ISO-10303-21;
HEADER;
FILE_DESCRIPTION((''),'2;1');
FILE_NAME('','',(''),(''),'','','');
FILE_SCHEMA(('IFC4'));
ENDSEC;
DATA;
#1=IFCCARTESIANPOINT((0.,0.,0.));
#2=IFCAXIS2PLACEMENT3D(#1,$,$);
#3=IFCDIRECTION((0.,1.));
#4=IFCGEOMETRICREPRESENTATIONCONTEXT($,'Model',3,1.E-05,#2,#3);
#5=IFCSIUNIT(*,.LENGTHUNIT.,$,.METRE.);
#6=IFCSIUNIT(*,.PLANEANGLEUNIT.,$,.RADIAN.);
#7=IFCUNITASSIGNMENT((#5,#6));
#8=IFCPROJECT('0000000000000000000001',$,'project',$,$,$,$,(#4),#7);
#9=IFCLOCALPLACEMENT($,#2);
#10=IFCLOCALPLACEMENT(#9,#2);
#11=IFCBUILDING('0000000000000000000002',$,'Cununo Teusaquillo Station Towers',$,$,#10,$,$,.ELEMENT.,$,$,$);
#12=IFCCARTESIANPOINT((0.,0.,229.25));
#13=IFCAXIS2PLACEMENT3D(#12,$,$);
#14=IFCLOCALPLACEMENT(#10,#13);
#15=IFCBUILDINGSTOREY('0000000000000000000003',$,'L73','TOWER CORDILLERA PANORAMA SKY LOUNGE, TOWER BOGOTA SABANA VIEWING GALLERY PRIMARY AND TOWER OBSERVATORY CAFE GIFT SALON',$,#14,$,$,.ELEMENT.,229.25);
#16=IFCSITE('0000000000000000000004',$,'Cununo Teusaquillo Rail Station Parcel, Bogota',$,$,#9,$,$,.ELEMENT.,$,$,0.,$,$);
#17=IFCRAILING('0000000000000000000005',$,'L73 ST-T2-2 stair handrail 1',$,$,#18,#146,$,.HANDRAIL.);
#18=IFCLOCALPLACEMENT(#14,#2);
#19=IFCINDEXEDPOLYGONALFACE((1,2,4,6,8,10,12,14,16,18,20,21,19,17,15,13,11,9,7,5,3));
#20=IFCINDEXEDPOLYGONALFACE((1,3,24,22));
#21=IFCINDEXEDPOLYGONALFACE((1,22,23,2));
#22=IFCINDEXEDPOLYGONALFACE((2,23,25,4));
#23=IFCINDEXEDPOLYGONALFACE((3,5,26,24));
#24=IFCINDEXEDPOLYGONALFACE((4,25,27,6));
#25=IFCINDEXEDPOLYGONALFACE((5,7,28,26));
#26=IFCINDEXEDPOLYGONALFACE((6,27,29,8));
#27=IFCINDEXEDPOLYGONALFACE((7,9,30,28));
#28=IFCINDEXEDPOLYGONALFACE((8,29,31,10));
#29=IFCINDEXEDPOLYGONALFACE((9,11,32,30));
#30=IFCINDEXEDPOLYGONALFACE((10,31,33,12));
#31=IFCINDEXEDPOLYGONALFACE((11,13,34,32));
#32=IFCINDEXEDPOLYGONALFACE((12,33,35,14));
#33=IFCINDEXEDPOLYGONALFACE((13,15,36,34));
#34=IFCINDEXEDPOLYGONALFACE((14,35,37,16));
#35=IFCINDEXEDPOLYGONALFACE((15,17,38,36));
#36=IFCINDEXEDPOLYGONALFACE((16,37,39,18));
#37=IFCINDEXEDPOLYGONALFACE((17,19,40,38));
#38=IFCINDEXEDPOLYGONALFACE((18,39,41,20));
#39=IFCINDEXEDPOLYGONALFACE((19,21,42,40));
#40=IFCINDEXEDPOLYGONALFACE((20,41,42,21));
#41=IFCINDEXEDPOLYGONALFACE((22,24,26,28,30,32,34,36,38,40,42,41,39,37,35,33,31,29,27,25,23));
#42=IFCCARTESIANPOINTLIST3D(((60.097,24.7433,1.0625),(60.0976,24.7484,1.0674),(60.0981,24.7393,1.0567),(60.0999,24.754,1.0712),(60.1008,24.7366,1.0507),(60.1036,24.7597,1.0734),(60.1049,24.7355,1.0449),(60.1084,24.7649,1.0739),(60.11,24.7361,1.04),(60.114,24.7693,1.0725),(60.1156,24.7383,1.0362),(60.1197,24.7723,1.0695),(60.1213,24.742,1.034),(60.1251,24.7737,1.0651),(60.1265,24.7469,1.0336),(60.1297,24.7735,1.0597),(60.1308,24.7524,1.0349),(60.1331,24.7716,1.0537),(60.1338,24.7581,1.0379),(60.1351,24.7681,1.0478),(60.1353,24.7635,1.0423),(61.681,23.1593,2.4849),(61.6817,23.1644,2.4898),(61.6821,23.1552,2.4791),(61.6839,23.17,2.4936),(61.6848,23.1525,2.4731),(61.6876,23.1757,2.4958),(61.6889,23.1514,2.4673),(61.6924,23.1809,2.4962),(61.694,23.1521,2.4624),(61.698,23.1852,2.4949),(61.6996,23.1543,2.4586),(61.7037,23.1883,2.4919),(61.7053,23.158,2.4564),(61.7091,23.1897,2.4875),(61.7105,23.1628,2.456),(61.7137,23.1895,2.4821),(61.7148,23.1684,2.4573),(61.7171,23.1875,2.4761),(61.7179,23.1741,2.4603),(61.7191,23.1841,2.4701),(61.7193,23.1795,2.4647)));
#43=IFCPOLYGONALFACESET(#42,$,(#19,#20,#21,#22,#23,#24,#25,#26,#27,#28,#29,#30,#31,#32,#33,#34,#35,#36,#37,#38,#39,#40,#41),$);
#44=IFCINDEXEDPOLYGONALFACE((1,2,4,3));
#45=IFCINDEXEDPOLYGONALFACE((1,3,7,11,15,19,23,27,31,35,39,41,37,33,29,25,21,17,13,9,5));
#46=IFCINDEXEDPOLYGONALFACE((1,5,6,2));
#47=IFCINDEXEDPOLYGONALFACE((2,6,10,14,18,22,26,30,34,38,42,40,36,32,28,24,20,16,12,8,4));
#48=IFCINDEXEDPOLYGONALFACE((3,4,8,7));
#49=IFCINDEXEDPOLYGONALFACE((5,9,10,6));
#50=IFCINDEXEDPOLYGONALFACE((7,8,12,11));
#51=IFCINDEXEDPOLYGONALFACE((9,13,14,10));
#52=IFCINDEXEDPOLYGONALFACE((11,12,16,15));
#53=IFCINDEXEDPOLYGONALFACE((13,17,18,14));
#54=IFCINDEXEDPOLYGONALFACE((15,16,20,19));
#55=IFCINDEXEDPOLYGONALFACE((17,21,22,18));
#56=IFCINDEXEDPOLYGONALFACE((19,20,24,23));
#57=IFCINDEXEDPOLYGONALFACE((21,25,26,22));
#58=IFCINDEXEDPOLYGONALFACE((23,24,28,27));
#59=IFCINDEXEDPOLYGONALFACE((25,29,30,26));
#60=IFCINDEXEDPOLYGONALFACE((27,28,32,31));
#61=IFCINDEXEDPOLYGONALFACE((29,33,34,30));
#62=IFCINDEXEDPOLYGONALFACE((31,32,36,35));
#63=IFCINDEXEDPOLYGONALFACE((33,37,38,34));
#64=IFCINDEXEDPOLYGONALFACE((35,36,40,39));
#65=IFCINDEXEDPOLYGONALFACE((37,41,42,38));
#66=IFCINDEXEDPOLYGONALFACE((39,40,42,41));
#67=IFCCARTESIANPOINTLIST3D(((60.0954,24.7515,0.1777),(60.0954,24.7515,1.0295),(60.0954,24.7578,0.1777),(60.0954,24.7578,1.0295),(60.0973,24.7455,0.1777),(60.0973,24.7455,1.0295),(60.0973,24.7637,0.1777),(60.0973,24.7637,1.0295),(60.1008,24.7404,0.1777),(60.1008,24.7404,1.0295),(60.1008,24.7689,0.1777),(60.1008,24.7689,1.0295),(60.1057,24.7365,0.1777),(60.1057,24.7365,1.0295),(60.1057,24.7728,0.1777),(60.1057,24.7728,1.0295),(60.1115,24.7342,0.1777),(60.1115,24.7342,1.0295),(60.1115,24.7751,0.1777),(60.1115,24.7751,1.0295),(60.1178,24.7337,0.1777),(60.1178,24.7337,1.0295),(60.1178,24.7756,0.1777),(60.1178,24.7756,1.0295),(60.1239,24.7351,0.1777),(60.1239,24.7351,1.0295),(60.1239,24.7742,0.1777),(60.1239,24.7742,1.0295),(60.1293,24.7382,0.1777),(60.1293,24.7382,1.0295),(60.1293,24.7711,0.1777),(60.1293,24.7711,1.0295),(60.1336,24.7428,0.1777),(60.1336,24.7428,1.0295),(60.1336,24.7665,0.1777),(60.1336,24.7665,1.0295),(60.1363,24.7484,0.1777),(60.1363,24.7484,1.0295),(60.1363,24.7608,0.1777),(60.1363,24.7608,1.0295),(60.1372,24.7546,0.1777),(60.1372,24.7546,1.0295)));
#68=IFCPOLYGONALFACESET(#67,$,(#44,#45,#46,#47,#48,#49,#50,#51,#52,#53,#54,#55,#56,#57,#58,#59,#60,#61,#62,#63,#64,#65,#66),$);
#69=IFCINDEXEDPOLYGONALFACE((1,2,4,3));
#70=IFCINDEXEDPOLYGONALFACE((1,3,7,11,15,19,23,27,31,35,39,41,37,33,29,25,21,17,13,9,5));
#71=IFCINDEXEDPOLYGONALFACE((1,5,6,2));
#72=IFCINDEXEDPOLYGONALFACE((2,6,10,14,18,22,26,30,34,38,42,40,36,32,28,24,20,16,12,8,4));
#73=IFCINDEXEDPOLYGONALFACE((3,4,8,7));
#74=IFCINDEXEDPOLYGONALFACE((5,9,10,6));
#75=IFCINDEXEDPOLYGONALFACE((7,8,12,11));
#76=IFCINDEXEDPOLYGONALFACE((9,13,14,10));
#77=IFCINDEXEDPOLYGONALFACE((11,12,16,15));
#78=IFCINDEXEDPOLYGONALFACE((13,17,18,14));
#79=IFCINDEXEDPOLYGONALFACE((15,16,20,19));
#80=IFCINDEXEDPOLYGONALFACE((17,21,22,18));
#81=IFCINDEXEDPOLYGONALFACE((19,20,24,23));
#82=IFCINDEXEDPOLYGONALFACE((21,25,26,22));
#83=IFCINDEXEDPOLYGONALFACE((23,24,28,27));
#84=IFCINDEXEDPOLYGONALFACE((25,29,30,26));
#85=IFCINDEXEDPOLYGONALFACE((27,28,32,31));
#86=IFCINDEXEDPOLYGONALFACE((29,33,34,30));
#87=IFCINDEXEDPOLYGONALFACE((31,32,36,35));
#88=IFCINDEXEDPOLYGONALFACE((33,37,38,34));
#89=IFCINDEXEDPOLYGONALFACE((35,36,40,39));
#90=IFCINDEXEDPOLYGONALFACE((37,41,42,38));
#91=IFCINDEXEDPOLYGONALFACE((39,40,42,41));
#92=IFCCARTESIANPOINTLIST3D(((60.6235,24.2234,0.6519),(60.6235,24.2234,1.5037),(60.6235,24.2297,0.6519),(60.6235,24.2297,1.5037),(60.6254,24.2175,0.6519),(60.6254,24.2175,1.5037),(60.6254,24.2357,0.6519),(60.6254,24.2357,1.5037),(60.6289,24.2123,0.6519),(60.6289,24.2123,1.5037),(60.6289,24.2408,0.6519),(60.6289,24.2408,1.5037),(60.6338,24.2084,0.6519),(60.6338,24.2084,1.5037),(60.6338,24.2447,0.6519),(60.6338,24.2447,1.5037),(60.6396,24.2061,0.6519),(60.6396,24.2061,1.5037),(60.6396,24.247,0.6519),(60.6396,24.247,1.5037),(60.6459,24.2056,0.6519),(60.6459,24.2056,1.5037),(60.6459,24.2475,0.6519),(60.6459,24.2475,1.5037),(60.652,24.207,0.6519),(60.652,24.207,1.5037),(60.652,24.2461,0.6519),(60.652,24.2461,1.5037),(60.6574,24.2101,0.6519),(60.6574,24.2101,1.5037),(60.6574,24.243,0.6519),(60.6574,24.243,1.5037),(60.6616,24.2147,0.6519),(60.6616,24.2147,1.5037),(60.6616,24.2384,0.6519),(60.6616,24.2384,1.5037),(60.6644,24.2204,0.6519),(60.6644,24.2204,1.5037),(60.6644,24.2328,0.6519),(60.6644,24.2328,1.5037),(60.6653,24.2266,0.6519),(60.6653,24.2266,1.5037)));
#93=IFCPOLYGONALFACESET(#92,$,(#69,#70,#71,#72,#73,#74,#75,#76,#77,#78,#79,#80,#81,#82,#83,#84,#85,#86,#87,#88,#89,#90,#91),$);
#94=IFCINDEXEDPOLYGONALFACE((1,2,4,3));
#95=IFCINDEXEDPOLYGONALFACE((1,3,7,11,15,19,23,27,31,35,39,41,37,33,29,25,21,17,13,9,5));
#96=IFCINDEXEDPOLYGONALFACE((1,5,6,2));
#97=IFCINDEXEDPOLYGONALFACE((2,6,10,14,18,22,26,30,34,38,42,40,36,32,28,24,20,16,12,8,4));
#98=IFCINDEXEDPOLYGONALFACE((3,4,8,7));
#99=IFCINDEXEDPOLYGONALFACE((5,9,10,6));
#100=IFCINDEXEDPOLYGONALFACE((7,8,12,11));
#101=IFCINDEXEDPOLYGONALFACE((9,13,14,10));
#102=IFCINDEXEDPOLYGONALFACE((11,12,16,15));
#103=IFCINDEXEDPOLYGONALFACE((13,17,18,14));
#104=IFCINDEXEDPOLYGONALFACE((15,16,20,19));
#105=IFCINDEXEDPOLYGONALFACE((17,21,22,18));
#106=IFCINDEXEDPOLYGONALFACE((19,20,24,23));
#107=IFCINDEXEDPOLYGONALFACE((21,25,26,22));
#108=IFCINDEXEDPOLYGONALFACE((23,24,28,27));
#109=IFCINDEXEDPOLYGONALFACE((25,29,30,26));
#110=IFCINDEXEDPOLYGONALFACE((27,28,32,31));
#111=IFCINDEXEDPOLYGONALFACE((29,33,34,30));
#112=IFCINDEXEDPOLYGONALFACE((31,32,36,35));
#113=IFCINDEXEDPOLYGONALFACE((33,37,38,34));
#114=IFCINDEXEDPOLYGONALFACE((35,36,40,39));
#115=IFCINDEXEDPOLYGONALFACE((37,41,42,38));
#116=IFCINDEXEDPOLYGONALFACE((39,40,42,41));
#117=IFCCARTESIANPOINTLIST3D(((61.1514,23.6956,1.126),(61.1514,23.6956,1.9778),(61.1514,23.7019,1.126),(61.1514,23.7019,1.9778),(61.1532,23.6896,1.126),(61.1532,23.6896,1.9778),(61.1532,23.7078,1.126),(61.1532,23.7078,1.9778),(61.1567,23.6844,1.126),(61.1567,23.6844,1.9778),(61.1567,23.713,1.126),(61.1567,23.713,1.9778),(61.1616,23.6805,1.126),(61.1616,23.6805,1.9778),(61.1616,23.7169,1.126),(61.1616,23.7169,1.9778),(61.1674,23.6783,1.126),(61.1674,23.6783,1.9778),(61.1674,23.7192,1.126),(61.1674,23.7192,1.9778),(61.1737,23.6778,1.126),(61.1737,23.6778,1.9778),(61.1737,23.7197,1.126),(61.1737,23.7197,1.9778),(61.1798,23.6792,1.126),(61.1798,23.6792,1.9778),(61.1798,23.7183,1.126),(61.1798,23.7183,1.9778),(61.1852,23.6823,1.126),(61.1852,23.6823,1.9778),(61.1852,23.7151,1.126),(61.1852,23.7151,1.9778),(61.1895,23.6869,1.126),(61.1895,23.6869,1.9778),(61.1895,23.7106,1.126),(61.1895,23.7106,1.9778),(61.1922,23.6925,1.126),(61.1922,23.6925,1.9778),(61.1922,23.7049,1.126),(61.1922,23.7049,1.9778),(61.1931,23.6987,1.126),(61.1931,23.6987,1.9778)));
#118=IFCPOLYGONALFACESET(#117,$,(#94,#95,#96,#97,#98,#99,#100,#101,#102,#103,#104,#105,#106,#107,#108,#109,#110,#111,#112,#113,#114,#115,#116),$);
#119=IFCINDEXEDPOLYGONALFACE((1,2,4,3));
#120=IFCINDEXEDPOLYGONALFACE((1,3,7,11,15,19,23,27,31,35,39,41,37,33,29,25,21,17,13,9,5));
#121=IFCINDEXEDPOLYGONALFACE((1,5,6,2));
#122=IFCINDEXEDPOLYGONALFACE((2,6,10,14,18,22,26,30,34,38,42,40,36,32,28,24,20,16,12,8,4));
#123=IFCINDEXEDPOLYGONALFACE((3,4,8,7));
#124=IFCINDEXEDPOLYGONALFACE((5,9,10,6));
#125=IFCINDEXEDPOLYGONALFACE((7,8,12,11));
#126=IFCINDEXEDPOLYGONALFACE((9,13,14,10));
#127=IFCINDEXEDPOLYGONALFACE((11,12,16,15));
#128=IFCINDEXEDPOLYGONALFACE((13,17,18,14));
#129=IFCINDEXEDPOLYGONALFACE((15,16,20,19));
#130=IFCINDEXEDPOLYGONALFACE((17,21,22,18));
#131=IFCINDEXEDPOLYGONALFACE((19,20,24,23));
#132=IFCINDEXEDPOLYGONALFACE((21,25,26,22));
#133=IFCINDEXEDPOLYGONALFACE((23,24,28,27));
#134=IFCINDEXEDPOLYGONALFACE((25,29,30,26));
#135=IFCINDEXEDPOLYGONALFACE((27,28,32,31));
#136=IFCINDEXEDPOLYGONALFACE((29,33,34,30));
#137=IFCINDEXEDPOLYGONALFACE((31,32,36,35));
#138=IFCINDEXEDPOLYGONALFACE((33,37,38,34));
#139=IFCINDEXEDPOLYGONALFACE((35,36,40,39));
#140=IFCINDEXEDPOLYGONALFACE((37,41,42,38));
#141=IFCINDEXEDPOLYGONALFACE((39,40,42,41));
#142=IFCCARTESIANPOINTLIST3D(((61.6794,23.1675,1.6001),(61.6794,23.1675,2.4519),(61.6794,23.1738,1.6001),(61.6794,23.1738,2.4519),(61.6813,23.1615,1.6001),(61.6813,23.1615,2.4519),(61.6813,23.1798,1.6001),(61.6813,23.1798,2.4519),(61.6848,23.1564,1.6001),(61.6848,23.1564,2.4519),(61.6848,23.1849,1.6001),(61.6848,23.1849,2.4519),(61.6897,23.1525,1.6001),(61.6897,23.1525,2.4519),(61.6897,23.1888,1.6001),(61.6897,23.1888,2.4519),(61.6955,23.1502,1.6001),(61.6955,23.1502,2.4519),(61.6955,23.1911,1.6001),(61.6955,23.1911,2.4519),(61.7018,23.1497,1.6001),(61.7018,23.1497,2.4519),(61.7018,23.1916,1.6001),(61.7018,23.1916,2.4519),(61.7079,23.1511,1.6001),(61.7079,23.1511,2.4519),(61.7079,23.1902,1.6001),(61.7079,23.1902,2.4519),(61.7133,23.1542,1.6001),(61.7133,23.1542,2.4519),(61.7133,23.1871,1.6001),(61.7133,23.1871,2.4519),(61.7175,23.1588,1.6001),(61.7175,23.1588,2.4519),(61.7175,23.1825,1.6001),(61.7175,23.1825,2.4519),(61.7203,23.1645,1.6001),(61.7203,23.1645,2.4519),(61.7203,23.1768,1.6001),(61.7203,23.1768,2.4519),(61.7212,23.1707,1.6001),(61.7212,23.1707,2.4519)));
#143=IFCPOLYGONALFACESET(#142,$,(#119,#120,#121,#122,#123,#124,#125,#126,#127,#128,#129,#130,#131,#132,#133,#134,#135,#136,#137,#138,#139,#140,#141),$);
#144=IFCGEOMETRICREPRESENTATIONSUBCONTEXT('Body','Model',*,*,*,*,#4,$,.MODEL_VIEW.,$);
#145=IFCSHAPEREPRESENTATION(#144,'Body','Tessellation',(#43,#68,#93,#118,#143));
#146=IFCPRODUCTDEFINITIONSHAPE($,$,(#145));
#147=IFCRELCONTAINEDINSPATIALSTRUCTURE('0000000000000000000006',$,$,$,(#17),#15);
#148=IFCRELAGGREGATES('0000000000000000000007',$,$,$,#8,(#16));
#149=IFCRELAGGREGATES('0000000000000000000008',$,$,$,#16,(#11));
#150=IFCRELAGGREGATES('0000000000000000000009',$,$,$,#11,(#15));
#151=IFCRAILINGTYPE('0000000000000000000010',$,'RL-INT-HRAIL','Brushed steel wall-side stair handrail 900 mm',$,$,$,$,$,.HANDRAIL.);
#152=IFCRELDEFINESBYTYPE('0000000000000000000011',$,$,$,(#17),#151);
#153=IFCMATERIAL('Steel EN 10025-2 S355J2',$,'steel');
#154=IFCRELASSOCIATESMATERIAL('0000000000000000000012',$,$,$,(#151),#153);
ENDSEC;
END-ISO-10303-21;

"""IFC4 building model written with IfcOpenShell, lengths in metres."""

from ifc_helpers import new_model, si_unit, direction, frame, origin, origin_2d, place, context, subcontext, project, spatial, circle, extrude, material, type_object, element, save


model = new_model("IFC4")

# Units and contexts
model_context = context("Model", 3, precision=1e-05, world=origin(), true_north=direction((0.0, 1.0)))
body_context = subcontext(model_context, "Body", "Model", "MODEL_VIEW")
ifc_project = project(units=[si_unit("LENGTHUNIT", "METRE"), si_unit("PLANEANGLEUNIT", "RADIAN")], contexts=[model_context])

# Site, building, storey
site_placement = place(None, origin())
site = spatial("IfcSite", under=ifc_project, at=site_placement, Name="Cununo Teusaquillo Rail Station Parcel, Bogota", CompositionType="ELEMENT", RefElevation=0.0)
building_placement = place(site_placement, origin())
building = spatial("IfcBuilding", under=site, at=building_placement, Name="Cununo Teusaquillo Station Towers", CompositionType="ELEMENT")
storey_placement = place(building_placement, frame((0.0, 0.0, 229.25)))
storey = spatial("IfcBuildingStorey", under=building, at=storey_placement, Name="L73", Description="TOWER CORDILLERA PANORAMA SKY LOUNGE, TOWER BOGOTA SABANA VIEWING GALLERY PRIMARY AND TOWER OBSERVATORY CAFE GIFT SALON", CompositionType="ELEMENT", Elevation=229.25)

# Railing
ifc_material_1 = material(Name="Steel EN 10025-2 S355J2", Category="steel")
railing_type_1 = type_object("IfcRailingType", Name="RL-INT-HRAIL", Description="Brushed steel wall-side stair handrail 900 mm", PredefinedType="HANDRAIL", material=ifc_material_1)
railing_1_placement = place(storey_placement, frame((60.1162, 24.7546, 0.1777)))
element("IfcRailing", 1, at=railing_1_placement, inside=storey, type_object=railing_type_1, Name="L73 ST-T2-2 stair handrail 1", PredefinedType="HANDRAIL", context=body_context, shape_type="SweptSolid", body=[
    extrude(circle(Radius=0.0239, at=origin_2d()), frame((0.0, 0.0, 0.876), z_axis=(0.596939, -0.596939, 0.53603), x_axis=(0.707107, 0.707107, 0.0)), (0.0, 0.0, 1.0), 2.6536),
    extrude(circle(Radius=0.021, at=origin_2d()), origin(), (0.0, 0.0, 1.0), 0.8518),
    extrude(circle(Radius=0.021, at=origin_2d()), frame((0.5281, -0.5281, 0.4741)), (0.0, 0.0, 1.0), 0.8518),
    extrude(circle(Radius=0.021, at=origin_2d()), frame((1.0559, -1.0559, 0.9482)), (0.0, 0.0, 1.0), 0.8518),
    extrude(circle(Radius=0.021, at=origin_2d()), frame((1.584, -1.584, 1.4224)), (0.0, 0.0, 1.0), 0.8518),
])

save(model, "model.ifc")
